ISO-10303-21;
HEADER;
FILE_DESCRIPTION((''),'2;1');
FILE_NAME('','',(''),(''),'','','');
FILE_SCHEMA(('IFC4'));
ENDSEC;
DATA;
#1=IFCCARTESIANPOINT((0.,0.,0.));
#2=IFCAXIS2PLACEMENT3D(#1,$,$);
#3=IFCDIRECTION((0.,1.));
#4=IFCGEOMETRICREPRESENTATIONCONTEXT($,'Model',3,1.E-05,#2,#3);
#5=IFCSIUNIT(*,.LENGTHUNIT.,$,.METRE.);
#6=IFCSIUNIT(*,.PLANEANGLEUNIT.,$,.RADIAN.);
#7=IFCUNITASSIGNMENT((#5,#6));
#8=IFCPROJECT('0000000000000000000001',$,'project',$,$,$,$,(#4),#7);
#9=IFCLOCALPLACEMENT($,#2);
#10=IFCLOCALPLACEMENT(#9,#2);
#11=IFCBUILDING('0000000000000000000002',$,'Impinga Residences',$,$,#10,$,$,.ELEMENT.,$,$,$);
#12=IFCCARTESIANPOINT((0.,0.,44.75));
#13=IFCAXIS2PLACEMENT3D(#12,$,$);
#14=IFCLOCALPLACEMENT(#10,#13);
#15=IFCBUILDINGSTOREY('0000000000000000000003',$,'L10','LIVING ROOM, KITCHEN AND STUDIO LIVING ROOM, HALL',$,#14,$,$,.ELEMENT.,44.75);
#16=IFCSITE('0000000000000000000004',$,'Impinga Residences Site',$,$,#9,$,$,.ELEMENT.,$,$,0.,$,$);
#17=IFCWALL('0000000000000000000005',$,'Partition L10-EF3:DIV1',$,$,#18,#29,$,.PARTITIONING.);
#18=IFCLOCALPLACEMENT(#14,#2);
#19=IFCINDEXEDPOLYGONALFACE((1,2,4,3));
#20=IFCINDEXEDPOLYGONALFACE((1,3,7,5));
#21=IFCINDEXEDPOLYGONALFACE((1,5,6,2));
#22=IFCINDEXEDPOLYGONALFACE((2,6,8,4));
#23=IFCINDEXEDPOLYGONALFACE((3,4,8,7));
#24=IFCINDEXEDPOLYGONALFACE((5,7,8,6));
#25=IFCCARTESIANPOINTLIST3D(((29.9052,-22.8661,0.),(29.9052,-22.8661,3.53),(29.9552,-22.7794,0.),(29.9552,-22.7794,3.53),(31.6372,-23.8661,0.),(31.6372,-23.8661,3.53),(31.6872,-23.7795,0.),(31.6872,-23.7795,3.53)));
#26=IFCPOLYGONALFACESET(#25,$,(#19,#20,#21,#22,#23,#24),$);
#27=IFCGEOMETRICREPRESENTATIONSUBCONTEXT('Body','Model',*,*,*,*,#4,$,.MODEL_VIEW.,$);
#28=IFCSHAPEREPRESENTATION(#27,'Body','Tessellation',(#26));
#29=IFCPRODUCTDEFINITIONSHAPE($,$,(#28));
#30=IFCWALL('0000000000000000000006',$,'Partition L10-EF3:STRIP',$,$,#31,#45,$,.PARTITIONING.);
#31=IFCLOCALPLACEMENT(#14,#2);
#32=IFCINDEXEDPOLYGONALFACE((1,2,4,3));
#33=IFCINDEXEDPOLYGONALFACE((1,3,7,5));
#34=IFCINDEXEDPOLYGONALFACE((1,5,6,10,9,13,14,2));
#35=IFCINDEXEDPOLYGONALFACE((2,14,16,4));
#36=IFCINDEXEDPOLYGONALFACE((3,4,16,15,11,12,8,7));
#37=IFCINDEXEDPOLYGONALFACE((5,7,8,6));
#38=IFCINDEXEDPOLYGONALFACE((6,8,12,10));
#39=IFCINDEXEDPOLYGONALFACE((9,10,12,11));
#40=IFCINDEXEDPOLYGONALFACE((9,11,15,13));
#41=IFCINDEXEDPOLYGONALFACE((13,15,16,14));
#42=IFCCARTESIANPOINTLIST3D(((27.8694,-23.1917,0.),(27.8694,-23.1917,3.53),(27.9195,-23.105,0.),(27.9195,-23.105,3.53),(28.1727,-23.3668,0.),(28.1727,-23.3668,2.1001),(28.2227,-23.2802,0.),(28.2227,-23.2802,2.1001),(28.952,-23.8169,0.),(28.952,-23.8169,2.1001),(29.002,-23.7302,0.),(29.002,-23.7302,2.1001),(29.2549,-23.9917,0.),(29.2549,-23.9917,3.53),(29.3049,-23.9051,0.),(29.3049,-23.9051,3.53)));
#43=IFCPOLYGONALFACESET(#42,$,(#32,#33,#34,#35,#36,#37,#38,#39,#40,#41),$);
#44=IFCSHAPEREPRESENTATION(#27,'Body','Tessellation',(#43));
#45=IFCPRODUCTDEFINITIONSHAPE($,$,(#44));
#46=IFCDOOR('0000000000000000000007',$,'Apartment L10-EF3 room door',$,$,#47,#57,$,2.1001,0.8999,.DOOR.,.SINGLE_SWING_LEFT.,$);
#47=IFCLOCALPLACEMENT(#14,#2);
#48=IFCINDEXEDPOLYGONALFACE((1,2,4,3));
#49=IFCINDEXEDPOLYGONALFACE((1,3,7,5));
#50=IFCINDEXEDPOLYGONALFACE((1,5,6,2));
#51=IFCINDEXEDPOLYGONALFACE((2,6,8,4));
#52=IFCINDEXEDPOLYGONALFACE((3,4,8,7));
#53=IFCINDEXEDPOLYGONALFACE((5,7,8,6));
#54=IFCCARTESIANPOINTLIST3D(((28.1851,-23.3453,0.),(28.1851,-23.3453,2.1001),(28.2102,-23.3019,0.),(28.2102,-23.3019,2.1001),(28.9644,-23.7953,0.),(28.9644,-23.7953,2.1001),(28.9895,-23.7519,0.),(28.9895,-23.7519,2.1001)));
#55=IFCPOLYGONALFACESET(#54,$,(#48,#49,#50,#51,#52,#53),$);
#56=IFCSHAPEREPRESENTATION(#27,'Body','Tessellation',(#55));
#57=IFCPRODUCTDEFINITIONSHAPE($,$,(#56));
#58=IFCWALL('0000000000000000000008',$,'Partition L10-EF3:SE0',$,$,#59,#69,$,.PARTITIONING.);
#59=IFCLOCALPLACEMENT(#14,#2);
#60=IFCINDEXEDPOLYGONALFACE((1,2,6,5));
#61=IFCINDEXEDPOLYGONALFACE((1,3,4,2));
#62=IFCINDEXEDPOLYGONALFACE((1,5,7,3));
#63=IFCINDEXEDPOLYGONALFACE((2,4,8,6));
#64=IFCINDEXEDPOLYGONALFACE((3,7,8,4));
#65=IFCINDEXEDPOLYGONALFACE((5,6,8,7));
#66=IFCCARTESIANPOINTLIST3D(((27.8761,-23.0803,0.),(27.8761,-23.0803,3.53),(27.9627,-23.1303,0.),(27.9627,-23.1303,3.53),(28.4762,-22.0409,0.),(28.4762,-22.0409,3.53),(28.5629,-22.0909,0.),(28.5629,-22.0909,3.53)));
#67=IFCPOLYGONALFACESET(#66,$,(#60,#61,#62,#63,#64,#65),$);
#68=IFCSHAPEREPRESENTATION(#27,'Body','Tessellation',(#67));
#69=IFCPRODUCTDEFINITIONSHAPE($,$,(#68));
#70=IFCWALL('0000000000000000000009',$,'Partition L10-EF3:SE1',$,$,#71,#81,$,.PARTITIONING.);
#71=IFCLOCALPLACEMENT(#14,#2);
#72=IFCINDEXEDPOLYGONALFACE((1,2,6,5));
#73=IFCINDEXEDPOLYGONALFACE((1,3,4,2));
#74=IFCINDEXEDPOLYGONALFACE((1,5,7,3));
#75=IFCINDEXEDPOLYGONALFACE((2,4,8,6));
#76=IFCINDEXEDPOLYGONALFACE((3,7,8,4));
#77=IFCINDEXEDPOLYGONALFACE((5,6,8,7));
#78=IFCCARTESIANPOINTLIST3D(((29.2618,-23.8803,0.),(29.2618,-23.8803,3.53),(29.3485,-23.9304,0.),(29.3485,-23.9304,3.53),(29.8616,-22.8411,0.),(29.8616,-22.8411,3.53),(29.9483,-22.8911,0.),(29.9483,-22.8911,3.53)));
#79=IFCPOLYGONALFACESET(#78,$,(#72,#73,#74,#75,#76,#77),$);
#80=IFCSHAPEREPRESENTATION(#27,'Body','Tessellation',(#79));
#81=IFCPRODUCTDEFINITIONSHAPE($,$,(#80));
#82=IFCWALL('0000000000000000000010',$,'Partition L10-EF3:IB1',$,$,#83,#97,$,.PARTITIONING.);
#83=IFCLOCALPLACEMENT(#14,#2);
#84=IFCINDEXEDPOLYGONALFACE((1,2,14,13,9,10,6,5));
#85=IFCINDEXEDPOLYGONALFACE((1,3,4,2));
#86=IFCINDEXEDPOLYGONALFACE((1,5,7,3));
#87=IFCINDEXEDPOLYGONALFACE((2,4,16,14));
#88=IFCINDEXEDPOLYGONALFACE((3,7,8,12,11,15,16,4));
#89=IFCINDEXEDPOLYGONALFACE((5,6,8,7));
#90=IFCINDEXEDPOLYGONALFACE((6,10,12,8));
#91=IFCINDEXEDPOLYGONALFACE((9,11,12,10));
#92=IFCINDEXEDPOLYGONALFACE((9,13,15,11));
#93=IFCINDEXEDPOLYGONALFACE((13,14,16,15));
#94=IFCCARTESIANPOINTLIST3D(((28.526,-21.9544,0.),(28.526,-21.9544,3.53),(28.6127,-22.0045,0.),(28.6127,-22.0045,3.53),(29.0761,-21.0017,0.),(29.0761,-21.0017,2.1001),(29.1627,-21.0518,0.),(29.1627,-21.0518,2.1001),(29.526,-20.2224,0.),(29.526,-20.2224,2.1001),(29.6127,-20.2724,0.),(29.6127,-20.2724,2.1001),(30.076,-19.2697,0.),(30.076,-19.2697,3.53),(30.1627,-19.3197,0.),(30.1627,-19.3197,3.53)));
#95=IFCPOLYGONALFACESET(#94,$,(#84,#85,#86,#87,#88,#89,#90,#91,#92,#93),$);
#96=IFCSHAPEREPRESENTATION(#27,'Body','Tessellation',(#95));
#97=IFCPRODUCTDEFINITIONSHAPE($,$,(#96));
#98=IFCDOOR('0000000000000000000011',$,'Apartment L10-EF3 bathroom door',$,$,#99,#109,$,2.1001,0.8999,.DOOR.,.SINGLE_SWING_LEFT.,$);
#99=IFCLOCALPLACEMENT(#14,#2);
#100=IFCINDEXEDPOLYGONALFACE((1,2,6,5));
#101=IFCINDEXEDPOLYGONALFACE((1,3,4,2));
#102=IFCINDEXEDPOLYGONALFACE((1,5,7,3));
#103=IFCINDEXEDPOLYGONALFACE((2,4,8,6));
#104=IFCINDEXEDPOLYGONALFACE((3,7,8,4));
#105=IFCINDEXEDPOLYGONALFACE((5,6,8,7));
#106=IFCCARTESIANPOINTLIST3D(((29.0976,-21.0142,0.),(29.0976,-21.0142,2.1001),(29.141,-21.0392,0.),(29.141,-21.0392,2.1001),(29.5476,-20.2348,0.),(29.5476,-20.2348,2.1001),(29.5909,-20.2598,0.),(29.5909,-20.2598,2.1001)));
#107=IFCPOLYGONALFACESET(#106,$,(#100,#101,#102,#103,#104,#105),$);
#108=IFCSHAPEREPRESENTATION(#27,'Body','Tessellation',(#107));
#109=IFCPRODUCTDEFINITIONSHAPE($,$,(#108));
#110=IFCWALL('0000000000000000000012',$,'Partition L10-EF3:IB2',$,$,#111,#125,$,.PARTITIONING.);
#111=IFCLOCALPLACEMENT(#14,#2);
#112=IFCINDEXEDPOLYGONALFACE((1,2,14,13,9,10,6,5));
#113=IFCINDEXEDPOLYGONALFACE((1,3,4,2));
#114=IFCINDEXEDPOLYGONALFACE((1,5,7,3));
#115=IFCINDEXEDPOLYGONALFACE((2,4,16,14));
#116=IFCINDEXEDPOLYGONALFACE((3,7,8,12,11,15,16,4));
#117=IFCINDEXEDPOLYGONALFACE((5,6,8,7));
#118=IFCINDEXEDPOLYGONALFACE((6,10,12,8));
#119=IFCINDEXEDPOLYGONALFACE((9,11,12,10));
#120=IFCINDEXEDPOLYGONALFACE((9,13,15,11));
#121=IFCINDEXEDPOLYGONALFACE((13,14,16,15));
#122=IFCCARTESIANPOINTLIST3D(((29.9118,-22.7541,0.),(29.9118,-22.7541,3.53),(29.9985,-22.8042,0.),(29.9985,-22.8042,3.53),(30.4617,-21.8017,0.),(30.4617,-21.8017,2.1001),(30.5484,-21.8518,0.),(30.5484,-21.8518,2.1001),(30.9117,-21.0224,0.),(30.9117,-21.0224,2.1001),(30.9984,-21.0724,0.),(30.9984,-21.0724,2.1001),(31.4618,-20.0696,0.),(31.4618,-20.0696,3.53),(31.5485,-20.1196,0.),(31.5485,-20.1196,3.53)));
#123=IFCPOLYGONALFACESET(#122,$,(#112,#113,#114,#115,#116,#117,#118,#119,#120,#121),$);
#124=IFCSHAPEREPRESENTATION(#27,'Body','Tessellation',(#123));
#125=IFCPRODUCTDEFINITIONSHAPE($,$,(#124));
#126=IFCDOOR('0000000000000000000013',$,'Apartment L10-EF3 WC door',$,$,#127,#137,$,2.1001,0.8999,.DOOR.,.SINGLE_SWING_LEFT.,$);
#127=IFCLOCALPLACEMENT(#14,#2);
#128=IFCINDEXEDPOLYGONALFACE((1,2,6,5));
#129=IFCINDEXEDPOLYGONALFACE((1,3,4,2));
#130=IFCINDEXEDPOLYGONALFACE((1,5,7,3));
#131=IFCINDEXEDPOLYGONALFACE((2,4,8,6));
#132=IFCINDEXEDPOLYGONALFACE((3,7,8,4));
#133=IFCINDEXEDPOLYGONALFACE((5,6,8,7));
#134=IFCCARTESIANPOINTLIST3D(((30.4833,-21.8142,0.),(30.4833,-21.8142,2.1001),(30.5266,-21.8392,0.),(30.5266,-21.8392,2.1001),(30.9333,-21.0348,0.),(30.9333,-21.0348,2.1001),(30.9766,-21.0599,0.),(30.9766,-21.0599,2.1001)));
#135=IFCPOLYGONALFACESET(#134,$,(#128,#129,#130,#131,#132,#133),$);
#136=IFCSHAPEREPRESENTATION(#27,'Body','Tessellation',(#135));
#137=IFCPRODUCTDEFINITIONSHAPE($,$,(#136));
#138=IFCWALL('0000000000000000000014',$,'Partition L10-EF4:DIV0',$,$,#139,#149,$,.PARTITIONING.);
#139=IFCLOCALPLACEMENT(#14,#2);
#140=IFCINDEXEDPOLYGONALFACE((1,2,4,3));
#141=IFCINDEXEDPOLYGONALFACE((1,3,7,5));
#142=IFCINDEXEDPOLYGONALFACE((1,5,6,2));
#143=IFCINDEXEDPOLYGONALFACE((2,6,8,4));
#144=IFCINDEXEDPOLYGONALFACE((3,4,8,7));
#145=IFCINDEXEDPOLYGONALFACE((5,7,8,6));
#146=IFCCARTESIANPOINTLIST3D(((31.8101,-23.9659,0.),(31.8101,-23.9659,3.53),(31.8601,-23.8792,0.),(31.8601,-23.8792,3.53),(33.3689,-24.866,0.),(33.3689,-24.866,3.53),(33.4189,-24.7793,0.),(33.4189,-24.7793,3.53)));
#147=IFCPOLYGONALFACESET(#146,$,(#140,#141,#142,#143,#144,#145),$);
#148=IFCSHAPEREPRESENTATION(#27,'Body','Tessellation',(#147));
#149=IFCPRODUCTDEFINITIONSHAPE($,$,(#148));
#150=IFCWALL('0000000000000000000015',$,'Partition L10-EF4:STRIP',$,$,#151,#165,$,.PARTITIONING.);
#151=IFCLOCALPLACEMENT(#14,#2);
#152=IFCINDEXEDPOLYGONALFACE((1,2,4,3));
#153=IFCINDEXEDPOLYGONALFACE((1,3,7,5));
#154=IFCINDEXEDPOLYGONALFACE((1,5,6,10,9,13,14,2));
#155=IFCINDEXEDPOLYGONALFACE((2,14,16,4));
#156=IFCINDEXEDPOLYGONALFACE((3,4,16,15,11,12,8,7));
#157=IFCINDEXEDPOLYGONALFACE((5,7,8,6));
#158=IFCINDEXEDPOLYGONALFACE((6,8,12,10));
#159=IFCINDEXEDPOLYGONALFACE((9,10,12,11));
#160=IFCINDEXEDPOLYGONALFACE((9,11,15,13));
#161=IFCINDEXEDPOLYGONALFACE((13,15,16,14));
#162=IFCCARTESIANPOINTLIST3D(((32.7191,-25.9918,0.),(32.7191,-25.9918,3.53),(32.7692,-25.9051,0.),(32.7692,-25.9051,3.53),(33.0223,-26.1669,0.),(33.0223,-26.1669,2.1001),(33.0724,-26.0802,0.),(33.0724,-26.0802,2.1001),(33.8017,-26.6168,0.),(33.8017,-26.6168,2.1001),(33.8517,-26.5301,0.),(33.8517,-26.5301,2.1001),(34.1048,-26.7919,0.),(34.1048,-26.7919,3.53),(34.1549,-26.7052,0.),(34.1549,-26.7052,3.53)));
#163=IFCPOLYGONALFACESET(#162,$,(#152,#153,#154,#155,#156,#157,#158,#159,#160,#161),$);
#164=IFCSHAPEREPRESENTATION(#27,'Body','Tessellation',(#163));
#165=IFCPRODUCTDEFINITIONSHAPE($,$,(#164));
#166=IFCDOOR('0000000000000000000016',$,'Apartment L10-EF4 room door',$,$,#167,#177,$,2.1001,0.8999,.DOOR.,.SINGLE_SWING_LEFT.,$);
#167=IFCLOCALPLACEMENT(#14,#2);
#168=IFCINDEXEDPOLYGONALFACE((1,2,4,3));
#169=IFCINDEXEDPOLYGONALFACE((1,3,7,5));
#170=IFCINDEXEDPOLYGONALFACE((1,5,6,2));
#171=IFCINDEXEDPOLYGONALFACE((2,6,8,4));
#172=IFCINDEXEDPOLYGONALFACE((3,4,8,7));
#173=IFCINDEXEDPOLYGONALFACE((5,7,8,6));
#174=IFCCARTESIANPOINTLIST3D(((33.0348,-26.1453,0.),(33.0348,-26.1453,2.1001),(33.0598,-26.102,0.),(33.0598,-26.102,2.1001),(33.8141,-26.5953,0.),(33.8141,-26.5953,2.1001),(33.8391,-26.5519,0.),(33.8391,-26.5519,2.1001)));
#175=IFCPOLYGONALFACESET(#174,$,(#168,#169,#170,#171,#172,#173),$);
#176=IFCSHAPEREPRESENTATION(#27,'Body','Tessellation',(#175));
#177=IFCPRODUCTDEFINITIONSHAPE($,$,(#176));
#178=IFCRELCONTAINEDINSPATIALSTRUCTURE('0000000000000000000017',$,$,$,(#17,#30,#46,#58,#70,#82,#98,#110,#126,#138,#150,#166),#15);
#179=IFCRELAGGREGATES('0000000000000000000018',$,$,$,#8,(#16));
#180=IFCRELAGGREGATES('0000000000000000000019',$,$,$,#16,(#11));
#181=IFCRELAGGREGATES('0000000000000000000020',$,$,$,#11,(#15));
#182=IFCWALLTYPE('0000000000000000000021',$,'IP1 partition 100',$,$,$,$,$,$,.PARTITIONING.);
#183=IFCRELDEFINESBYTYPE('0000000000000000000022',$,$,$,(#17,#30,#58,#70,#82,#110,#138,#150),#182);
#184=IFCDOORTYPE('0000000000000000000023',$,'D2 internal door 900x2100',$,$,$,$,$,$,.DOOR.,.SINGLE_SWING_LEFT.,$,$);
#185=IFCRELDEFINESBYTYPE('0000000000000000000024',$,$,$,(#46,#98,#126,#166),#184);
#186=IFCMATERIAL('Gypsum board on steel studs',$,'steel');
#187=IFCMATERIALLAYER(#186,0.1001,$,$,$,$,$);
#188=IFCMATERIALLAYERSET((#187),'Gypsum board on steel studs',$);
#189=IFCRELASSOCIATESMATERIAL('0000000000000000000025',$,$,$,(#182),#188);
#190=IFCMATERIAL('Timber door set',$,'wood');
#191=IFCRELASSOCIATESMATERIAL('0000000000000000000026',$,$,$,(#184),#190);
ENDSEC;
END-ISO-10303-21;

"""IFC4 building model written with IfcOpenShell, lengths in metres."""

from ifc_helpers import new_model, si_unit, direction, frame, frame_2d, origin, place, context, subcontext, project, spatial, rectangle, extrude, material, layer, layer_set, type_object, element, fill, save


model = new_model("IFC4")

# Units and contexts
model_context = context("Model", 3, precision=1e-05, world=origin(), true_north=direction((0.0, 1.0)))
body_context = subcontext(model_context, "Body", "Model", "MODEL_VIEW")
ifc_project = project(units=[si_unit("LENGTHUNIT", "METRE"), si_unit("PLANEANGLEUNIT", "RADIAN")], contexts=[model_context])

# Site, building, storey
site_placement = place(None, origin())
site = spatial("IfcSite", under=ifc_project, at=site_placement, Name="Impinga Residences Site", CompositionType="ELEMENT", RefElevation=0.0)
building_placement = place(site_placement, origin())
building = spatial("IfcBuilding", under=site, at=building_placement, Name="Impinga Residences", CompositionType="ELEMENT")
storey_placement = place(building_placement, frame((0.0, 0.0, 44.75)))
storey = spatial("IfcBuildingStorey", under=building, at=storey_placement, Name="L10", Description="LIVING ROOM, KITCHEN AND STUDIO LIVING ROOM, HALL", CompositionType="ELEMENT", Elevation=44.75)

# Wall
ifc_material_1 = material(Name="Gypsum board on steel studs", Category="steel")
ifc_layer_1 = layer(ifc_material_1, 0.1001)
ifc_layer_set_1 = layer_set([ifc_layer_1], Name="Gypsum board on steel studs")
wall_type_1 = type_object("IfcWallType", Name="IP1 partition 100", PredefinedType="PARTITIONING", material=ifc_layer_set_1)
wall_1_placement = place(storey_placement, frame((29.9302, -22.8228, 0.0), z_axis=(0.0, 0.0, 1.0), x_axis=(0.866011, -0.500025, 0.0)))
element("IfcWall", 1, at=wall_1_placement, inside=storey, type_object=wall_type_1, Name="Partition L10-EF3:DIV1", PredefinedType="PARTITIONING", context=body_context, shape_type="SweptSolid", body=[
    extrude(rectangle(XDim=2.0, YDim=0.1001, at=frame_2d((1.0, 0.0))), origin(), (0.0, 0.0, 1.0), 3.53),
])

# Wall, opening, door
wall_2_placement = place(storey_placement, frame((27.8945, -23.1484, 0.0), z_axis=(0.0, 0.0, 1.0), x_axis=(0.86599, -0.500061, 0.0)))
wall_2 = element("IfcWall", 2, at=wall_2_placement, inside=storey, type_object=wall_type_1, Name="Partition L10-EF3:STRIP", PredefinedType="PARTITIONING", context=body_context, shape_type="SweptSolid", body=[
    extrude(rectangle(XDim=1.5999, YDim=0.1001, at=frame_2d((0.7998, 0.0))), origin(), (0.0, 0.0, 1.0), 3.53),
])
opening_1_placement = place(wall_2_placement, frame((0.3501, 0.0, 0.0)))
opening_1 = element("IfcOpeningElement", 3, at=opening_1_placement, cuts=wall_2, PredefinedType="OPENING", context=body_context, shape_type="SweptSolid", body=[
    extrude(rectangle(XDim=0.8999, YDim=2.1001, at=frame_2d((0.45, 1.05))), frame((0.0, 0.0601, 0.0), z_axis=(0.0, -1.0, 0.0), x_axis=(1.0, 0.0, 0.0)), (0.0, 0.0, 1.0), 0.1201),
])
ifc_material_2 = material(Name="Timber door set", Category="wood")
door_type = type_object("IfcDoorType", Name="D2 internal door 900x2100", OperationType="SINGLE_SWING_LEFT", PredefinedType="DOOR", material=ifc_material_2)
door_1_placement = place(opening_1_placement, origin())
door_1 = element("IfcDoor", 4, at=door_1_placement, inside=storey, type_object=door_type, Name="Apartment L10-EF3 room door", OperationType="SINGLE_SWING_LEFT", OverallHeight=2.1001, OverallWidth=0.8999, PredefinedType="DOOR", context=body_context, shape_type="SweptSolid", body=[
    extrude(rectangle(XDim=0.8999, YDim=2.1001, at=frame_2d((0.45, 1.05))), frame((0.0, 0.0249, 0.0), z_axis=(0.0, -1.0, 0.0), x_axis=(1.0, 0.0, 0.0)), (0.0, 0.0, 1.0), 0.05),
])
fill(opening_1, door_1)

# Walls
wall_3_placement = place(storey_placement, frame((28.5195, -22.0659, 0.0), z_axis=(0.0, 0.0, 1.0), x_axis=(-0.500034, -0.866006, 0.0)))
element("IfcWall", 5, at=wall_3_placement, inside=storey, type_object=wall_type_1, Name="Partition L10-EF3:SE0", PredefinedType="PARTITIONING", context=body_context, shape_type="SweptSolid", body=[
    extrude(rectangle(XDim=1.2002, YDim=0.1001, at=frame_2d((0.6001, 0.0))), origin(), (0.0, 0.0, 1.0), 3.53),
])
wall_4_placement = place(storey_placement, frame((29.905, -22.866, 0.0), z_axis=(0.0, 0.0, 1.0), x_axis=(-0.499881, -0.866094, 0.0)))
element("IfcWall", 6, at=wall_4_placement, inside=storey, type_object=wall_type_1, Name="Partition L10-EF3:SE1", PredefinedType="PARTITIONING", context=body_context, shape_type="SweptSolid", body=[
    extrude(rectangle(XDim=1.2, YDim=0.1001, at=frame_2d((0.6001, 0.0))), origin(), (0.0, 0.0, 1.0), 3.53),
])

# Walls, openings, doors
wall_5_placement = place(storey_placement, frame((30.1194, -19.2947, 0.0), z_axis=(0.0, 0.0, 1.0), x_axis=(-0.499993, -0.86603, 0.0)))
wall_5 = element("IfcWall", 7, at=wall_5_placement, inside=storey, type_object=wall_type_1, Name="Partition L10-EF3:IB1", PredefinedType="PARTITIONING", context=body_context, shape_type="SweptSolid", body=[
    extrude(rectangle(XDim=3.1001, YDim=0.1001, at=frame_2d((1.55, 0.0))), origin(), (0.0, 0.0, 1.0), 3.53),
])
opening_2_placement = place(wall_5_placement, frame((1.1001, 0.0, 0.0)))
opening_2 = element("IfcOpeningElement", 8, at=opening_2_placement, cuts=wall_5, PredefinedType="OPENING", context=body_context, shape_type="SweptSolid", body=[
    extrude(rectangle(XDim=0.8999, YDim=2.1001, at=frame_2d((0.45, 1.05))), frame((0.0, 0.0601, 0.0), z_axis=(0.0, -1.0, 0.0), x_axis=(1.0, 0.0, 0.0)), (0.0, 0.0, 1.0), 0.1201),
])
door_2_placement = place(opening_2_placement, origin())
door_2 = element("IfcDoor", 9, at=door_2_placement, inside=storey, type_object=door_type, Name="Apartment L10-EF3 bathroom door", OperationType="SINGLE_SWING_LEFT", OverallHeight=2.1001, OverallWidth=0.8999, PredefinedType="DOOR", context=body_context, shape_type="SweptSolid", body=[
    extrude(rectangle(XDim=0.8999, YDim=2.1001, at=frame_2d((0.45, 1.05))), frame((0.0, 0.0249, 0.0), z_axis=(0.0, -1.0, 0.0), x_axis=(1.0, 0.0, 0.0)), (0.0, 0.0, 1.0), 0.05),
])
fill(opening_2, door_2)
wall_6_placement = place(storey_placement, frame((31.5051, -20.0947, 0.0), z_axis=(0.0, 0.0, 1.0), x_axis=(-0.500027, -0.86601, 0.0)))
wall_6 = element("IfcWall", 10, at=wall_6_placement, inside=storey, type_object=wall_type_1, Name="Partition L10-EF3:IB2", PredefinedType="PARTITIONING", context=body_context, shape_type="SweptSolid", body=[
    extrude(rectangle(XDim=3.0999, YDim=0.1001, at=frame_2d((1.5498, 0.0))), origin(), (0.0, 0.0, 1.0), 3.53),
])
opening_3_placement = place(wall_6_placement, frame((1.1001, 0.0, 0.0)))
opening_3 = element("IfcOpeningElement", 11, at=opening_3_placement, cuts=wall_6, PredefinedType="OPENING", context=body_context, shape_type="SweptSolid", body=[
    extrude(rectangle(XDim=0.8999, YDim=2.1001, at=frame_2d((0.45, 1.05))), frame((0.0, 0.0601, 0.0), z_axis=(0.0, -1.0, 0.0), x_axis=(1.0, 0.0, 0.0)), (0.0, 0.0, 1.0), 0.1201),
])
door_3_placement = place(opening_3_placement, origin())
door_3 = element("IfcDoor", 12, at=door_3_placement, inside=storey, type_object=door_type, Name="Apartment L10-EF3 WC door", OperationType="SINGLE_SWING_LEFT", OverallHeight=2.1001, OverallWidth=0.8999, PredefinedType="DOOR", context=body_context, shape_type="SweptSolid", body=[
    extrude(rectangle(XDim=0.8999, YDim=2.1001, at=frame_2d((0.45, 1.05))), frame((0.0, 0.0249, 0.0), z_axis=(0.0, -1.0, 0.0), x_axis=(1.0, 0.0, 0.0)), (0.0, 0.0, 1.0), 0.05),
])
fill(opening_3, door_3)

# Wall
wall_7_placement = place(storey_placement, frame((31.8352, -23.9226, 0.0), z_axis=(0.0, 0.0, 1.0), x_axis=(0.865989, -0.500063, 0.0)))
element("IfcWall", 13, at=wall_7_placement, inside=storey, type_object=wall_type_1, Name="Partition L10-EF4:DIV0", PredefinedType="PARTITIONING", context=body_context, shape_type="SweptSolid", body=[
    extrude(rectangle(XDim=1.8, YDim=0.1001, at=frame_2d((0.8999, 0.0))), origin(), (0.0, 0.0, 1.0), 3.53),
])

# Wall, opening, door
wall_8_placement = place(storey_placement, frame((32.7441, -25.9485, 0.0), z_axis=(0.0, 0.0, 1.0), x_axis=(0.866028, -0.499995, 0.0)))
wall_8 = element("IfcWall", 14, at=wall_8_placement, inside=storey, type_object=wall_type_1, Name="Partition L10-EF4:STRIP", PredefinedType="PARTITIONING", context=body_context, shape_type="SweptSolid", body=[
    extrude(rectangle(XDim=1.6001, YDim=0.1001, at=frame_2d((0.8, 0.0))), origin(), (0.0, 0.0, 1.0), 3.53),
])
opening_4_placement = place(wall_8_placement, frame((0.3501, 0.0, 0.0)))
opening_4 = element("IfcOpeningElement", 15, at=opening_4_placement, cuts=wall_8, PredefinedType="OPENING", context=body_context, shape_type="SweptSolid", body=[
    extrude(rectangle(XDim=0.8999, YDim=2.1001, at=frame_2d((0.45, 1.05))), frame((0.0, 0.0601, 0.0), z_axis=(0.0, -1.0, 0.0), x_axis=(1.0, 0.0, 0.0)), (0.0, 0.0, 1.0), 0.1201),
])
door_4_placement = place(opening_4_placement, origin())
door_4 = element("IfcDoor", 16, at=door_4_placement, inside=storey, type_object=door_type, Name="Apartment L10-EF4 room door", OperationType="SINGLE_SWING_LEFT", OverallHeight=2.1001, OverallWidth=0.8999, PredefinedType="DOOR", context=body_context, shape_type="SweptSolid", body=[
    extrude(rectangle(XDim=0.8999, YDim=2.1001, at=frame_2d((0.45, 1.05))), frame((0.0, 0.0249, 0.0), z_axis=(0.0, -1.0, 0.0), x_axis=(1.0, 0.0, 0.0)), (0.0, 0.0, 1.0), 0.05),
])
fill(opening_4, door_4)

save(model, "model.ifc")
